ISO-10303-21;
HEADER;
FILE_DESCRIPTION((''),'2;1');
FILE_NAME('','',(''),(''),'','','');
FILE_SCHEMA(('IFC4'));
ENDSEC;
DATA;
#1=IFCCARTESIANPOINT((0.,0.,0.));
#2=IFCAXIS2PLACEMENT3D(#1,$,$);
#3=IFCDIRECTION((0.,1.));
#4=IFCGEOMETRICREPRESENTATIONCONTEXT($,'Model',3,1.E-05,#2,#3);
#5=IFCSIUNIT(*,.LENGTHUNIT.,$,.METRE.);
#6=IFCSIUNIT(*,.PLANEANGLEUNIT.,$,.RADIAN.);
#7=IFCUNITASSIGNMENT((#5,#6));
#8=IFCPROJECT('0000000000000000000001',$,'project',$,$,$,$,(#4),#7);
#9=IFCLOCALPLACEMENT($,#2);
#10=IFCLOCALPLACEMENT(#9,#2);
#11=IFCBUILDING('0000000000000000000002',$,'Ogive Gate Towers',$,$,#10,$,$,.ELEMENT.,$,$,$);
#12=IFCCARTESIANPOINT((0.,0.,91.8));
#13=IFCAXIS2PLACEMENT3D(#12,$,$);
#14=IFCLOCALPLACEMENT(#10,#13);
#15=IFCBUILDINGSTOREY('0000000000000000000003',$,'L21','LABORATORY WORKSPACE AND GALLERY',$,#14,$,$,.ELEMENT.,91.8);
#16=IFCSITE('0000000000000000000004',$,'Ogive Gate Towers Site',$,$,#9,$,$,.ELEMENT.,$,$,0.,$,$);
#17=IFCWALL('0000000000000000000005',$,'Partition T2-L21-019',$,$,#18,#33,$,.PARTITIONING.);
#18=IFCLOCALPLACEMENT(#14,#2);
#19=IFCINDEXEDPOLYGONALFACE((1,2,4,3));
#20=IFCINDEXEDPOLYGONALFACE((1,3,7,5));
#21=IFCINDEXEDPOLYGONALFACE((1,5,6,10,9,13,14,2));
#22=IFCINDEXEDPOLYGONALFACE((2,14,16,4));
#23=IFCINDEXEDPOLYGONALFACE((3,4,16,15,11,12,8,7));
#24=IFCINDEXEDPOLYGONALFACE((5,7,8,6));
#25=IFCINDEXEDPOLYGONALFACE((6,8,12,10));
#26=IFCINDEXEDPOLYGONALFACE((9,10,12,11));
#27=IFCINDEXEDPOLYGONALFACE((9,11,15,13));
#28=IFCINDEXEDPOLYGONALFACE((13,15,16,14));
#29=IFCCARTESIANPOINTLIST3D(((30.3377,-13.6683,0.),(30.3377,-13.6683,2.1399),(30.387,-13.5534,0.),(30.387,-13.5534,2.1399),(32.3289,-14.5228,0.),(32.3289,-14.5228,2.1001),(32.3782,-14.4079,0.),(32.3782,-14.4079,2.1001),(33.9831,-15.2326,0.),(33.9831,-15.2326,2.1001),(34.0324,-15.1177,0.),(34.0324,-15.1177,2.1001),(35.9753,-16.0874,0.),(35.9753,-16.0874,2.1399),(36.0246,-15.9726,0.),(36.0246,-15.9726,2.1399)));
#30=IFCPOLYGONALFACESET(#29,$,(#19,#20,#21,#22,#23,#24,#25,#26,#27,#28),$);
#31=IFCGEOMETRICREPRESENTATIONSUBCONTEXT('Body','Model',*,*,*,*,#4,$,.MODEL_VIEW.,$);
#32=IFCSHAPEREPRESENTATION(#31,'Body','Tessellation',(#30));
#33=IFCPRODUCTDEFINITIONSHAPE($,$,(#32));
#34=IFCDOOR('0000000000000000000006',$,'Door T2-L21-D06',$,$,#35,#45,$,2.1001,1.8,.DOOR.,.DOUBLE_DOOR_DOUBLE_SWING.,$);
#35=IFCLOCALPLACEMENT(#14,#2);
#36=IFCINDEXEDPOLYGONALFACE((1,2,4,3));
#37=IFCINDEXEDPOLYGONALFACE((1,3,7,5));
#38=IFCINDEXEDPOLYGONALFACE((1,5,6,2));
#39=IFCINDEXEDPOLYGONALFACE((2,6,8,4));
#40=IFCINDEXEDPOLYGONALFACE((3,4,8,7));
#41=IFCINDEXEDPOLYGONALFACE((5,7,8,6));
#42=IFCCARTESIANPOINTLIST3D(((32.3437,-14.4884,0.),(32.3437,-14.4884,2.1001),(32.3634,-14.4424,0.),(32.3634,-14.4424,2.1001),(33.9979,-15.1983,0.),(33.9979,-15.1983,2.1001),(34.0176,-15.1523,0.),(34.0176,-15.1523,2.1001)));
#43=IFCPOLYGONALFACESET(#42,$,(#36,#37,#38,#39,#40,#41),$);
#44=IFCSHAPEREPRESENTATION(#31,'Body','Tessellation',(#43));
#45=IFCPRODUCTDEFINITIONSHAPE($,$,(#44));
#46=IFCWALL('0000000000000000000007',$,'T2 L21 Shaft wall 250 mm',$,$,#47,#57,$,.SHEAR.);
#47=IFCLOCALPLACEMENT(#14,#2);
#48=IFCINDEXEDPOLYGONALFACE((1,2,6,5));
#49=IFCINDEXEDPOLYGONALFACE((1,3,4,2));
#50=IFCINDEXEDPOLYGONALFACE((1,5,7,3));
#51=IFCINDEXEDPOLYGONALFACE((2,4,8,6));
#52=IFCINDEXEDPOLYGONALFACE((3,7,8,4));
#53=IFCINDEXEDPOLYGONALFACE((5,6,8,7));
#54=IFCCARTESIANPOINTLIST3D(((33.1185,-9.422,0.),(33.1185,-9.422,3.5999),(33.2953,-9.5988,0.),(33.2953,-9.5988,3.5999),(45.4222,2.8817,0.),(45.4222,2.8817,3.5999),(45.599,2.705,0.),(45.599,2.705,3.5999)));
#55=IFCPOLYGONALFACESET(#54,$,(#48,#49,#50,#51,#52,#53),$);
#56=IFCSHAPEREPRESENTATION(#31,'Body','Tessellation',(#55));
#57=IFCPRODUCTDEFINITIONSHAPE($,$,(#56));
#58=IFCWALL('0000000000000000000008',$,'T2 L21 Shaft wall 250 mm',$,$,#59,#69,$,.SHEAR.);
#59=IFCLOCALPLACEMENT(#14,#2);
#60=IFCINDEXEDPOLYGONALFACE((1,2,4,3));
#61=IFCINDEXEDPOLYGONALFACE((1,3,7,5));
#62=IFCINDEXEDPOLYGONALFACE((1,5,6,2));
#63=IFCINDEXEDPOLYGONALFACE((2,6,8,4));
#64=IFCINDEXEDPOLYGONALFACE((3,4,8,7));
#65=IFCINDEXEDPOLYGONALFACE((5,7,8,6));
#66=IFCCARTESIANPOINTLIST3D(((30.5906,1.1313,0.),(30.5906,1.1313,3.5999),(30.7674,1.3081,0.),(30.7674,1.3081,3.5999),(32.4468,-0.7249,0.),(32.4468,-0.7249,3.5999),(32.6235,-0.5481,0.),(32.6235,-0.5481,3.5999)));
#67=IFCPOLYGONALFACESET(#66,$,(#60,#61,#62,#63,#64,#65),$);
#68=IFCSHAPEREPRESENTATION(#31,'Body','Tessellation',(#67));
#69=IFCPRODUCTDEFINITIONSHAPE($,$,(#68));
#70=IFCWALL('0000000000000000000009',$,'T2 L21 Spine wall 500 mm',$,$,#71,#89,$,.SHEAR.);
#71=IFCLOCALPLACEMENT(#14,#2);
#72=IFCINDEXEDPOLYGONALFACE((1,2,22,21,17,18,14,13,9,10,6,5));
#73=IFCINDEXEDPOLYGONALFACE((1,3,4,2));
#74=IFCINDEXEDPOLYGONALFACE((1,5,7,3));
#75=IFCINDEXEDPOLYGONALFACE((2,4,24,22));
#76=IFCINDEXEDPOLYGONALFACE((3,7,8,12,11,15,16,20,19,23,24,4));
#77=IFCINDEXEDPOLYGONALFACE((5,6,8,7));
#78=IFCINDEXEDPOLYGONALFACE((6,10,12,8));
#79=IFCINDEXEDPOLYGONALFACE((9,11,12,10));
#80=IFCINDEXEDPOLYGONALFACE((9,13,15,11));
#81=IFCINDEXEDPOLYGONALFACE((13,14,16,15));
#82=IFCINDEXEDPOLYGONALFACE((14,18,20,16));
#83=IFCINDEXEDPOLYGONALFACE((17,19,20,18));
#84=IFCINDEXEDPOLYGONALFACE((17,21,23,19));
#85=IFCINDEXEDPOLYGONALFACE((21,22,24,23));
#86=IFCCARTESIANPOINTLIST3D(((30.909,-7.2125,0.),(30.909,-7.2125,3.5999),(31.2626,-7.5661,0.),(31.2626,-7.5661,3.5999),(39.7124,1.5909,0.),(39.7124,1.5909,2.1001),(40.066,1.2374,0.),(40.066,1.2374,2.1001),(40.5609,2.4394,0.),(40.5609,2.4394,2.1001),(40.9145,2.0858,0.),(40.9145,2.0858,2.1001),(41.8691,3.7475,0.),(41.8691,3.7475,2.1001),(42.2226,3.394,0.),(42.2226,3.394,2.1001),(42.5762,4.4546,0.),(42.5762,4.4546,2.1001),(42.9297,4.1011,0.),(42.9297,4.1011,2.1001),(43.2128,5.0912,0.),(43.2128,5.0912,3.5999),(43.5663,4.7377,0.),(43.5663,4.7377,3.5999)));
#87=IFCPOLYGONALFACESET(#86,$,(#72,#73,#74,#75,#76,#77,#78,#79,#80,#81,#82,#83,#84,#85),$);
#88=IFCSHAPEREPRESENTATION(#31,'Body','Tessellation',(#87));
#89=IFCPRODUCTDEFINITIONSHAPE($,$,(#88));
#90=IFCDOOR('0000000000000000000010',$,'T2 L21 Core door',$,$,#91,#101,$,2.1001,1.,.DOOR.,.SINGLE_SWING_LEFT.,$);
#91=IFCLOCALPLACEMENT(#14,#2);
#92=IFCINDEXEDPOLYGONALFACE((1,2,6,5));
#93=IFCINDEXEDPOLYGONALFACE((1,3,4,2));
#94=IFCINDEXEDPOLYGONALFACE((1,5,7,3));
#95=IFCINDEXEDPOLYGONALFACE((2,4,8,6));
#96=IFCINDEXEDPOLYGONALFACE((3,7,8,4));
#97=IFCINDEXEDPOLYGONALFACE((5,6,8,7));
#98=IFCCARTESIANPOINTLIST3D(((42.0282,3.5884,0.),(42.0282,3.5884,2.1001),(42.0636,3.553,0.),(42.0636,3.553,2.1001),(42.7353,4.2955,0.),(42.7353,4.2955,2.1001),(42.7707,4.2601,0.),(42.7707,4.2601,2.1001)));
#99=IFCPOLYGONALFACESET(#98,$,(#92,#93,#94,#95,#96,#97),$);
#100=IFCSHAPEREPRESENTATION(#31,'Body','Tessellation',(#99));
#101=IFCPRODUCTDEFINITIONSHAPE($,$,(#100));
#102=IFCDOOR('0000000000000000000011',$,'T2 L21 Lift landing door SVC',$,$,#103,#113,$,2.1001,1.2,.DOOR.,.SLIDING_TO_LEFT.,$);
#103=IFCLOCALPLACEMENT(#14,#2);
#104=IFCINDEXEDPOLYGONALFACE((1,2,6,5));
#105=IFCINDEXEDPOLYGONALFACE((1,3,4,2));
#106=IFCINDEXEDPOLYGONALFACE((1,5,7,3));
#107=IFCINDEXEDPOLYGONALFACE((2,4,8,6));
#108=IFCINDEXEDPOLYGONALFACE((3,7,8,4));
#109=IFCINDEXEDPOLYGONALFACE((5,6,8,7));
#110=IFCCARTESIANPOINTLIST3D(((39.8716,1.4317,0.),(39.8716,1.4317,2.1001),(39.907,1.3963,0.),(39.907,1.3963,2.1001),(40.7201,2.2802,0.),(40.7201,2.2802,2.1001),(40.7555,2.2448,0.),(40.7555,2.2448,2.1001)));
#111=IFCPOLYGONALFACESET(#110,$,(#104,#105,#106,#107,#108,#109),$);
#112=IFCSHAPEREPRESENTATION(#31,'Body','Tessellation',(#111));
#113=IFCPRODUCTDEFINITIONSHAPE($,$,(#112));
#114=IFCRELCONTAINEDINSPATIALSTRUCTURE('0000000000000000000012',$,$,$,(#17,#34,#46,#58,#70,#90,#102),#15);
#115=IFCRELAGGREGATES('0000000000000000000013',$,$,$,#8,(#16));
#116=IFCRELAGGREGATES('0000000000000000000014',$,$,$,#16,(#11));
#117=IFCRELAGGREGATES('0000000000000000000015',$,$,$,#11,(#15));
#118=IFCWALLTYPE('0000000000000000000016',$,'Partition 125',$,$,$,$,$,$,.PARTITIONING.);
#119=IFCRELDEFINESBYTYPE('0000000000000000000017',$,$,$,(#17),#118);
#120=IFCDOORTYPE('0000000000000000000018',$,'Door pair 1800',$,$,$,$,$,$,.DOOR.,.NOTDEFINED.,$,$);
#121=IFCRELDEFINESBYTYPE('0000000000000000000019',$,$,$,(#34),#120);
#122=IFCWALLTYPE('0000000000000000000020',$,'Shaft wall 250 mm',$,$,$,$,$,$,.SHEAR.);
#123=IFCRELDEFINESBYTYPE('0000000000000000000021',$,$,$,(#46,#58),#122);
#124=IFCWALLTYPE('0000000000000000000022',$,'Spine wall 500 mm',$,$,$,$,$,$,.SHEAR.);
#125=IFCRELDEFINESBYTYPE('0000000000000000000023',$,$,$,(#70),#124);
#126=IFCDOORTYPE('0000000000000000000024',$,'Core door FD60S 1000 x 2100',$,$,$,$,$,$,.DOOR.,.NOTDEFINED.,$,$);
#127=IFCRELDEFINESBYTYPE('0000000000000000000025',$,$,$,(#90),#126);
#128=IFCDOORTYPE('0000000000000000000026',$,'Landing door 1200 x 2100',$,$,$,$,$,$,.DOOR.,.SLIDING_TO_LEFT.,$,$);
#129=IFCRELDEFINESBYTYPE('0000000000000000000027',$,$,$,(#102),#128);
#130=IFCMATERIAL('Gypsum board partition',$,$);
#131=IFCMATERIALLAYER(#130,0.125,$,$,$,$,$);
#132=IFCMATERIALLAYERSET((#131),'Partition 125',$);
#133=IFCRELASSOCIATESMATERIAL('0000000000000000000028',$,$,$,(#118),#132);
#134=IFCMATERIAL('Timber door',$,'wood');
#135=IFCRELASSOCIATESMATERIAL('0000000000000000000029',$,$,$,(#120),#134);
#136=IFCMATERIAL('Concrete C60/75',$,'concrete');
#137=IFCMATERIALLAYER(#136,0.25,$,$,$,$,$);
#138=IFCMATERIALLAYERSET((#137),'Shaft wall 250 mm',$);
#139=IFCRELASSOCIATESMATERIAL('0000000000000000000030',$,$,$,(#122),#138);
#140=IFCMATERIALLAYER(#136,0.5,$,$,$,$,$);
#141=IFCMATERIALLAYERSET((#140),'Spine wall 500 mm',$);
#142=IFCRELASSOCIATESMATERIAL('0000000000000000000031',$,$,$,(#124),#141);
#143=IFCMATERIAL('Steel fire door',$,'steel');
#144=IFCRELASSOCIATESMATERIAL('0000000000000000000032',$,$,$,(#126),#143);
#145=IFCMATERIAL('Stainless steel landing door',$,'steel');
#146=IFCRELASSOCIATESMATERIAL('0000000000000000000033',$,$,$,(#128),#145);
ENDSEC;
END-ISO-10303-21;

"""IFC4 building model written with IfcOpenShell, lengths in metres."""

from ifc_helpers import new_model, si_unit, direction, frame, frame_2d, origin, place, context, subcontext, project, spatial, rectangle, extrude, material, layer, layer_set, type_object, element, fill, save


model = new_model("IFC4")

# Units and contexts
model_context = context("Model", 3, precision=1e-05, world=origin(), true_north=direction((0.0, 1.0)))
body_context = subcontext(model_context, "Body", "Model", "MODEL_VIEW")
ifc_project = project(units=[si_unit("LENGTHUNIT", "METRE"), si_unit("PLANEANGLEUNIT", "RADIAN")], contexts=[model_context])

# Site, building, storey
site_placement = place(None, origin())
site = spatial("IfcSite", under=ifc_project, at=site_placement, Name="Ogive Gate Towers Site", CompositionType="ELEMENT", RefElevation=0.0)
building_placement = place(site_placement, origin())
building = spatial("IfcBuilding", under=site, at=building_placement, Name="Ogive Gate Towers", CompositionType="ELEMENT")
storey_placement = place(building_placement, frame((0.0, 0.0, 91.8)))
storey = spatial("IfcBuildingStorey", under=building, at=storey_placement, Name="L21", Description="LABORATORY WORKSPACE AND GALLERY", CompositionType="ELEMENT", Elevation=91.8)

# Wall, opening, door
ifc_material_1 = material(Name="Gypsum board partition")
ifc_layer_1 = layer(ifc_material_1, 0.125)
ifc_layer_set_1 = layer_set([ifc_layer_1], Name="Partition 125")
wall_type_1 = type_object("IfcWallType", Name="Partition 125", PredefinedType="PARTITIONING", material=ifc_layer_set_1)
wall_1_placement = place(storey_placement, frame((30.3623, -13.6108, 0.0), z_axis=(0.0, 0.0, 1.0), x_axis=(0.918966, -0.394337, 0.0)))
wall_1 = element("IfcWall", 1, at=wall_1_placement, inside=storey, type_object=wall_type_1, Name="Partition T2-L21-019", PredefinedType="PARTITIONING", context=body_context, shape_type="SweptSolid", body=[
    extrude(rectangle(XDim=6.1348, YDim=0.125, at=frame_2d((3.0674, 0.0))), origin(), (0.0, 0.0, 1.0), 2.1399),
])
opening_1_placement = place(wall_1_placement, frame((2.167, 0.0, 0.0)))
opening_1 = element("IfcOpeningElement", 2, at=opening_1_placement, cuts=wall_1, PredefinedType="OPENING", context=body_context, shape_type="SweptSolid", body=[
    extrude(rectangle(XDim=1.8, YDim=2.1001, at=frame_2d((0.8999, 1.05))), frame((0.0, 0.0725, 0.0), z_axis=(0.0, -1.0, 0.0), x_axis=(1.0, 0.0, 0.0)), (0.0, 0.0, 1.0), 0.145),
])
ifc_material_2 = material(Name="Timber door", Category="wood")
door_type_1 = type_object("IfcDoorType", Name="Door pair 1800", OperationType="NOTDEFINED", PredefinedType="DOOR", material=ifc_material_2)
door_1_placement = place(opening_1_placement, origin())
door_1 = element("IfcDoor", 3, at=door_1_placement, inside=storey, type_object=door_type_1, Name="Door T2-L21-D06", OperationType="DOUBLE_DOOR_DOUBLE_SWING", OverallHeight=2.1001, OverallWidth=1.8, PredefinedType="DOOR", context=body_context, shape_type="SweptSolid", body=[
    extrude(rectangle(XDim=1.8, YDim=2.1001, at=frame_2d((0.8999, 1.05))), frame((0.0, 0.0249, 0.0), z_axis=(0.0, -1.0, 0.0), x_axis=(1.0, 0.0, 0.0)), (0.0, 0.0, 1.0), 0.05),
])
fill(opening_1, door_1)

# Walls
ifc_material_3 = material(Name="Concrete C60/75", Category="concrete")
ifc_layer_2 = layer(ifc_material_3, 0.25)
ifc_layer_set_2 = layer_set([ifc_layer_2], Name="Shaft wall 250 mm")
wall_type_2 = type_object("IfcWallType", Name="Shaft wall 250 mm", PredefinedType="SHEAR", material=ifc_layer_set_2)
wall_2_placement = place(storey_placement, frame((33.2068, -9.5105, 0.0), z_axis=(0.0, 0.0, 1.0), x_axis=(0.707107, 0.707107, 0.0)))
element("IfcWall", 4, at=wall_2_placement, inside=storey, type_object=wall_type_2, Name="T2 L21 Shaft wall 250 mm", PredefinedType="SHEAR", context=body_context, shape_type="SweptSolid", body=[
    extrude(rectangle(XDim=17.4001, YDim=0.25, at=frame_2d((8.7002, 0.0))), origin(), (0.0, 0.0, 1.0), 3.5999),
])
wall_3_placement = place(storey_placement, frame((32.5352, -0.6365, 0.0), z_axis=(0.0, 0.0, 1.0), x_axis=(-0.707107, 0.707107, 0.0)))
element("IfcWall", 5, at=wall_3_placement, inside=storey, type_object=wall_type_2, Name="T2 L21 Shaft wall 250 mm", PredefinedType="SHEAR", context=body_context, shape_type="SweptSolid", body=[
    extrude(rectangle(XDim=2.625, YDim=0.25, at=frame_2d((1.3125, 0.0))), origin(), (0.0, 0.0, 1.0), 3.5999),
])

# Wall, openings, doors
ifc_layer_3 = layer(ifc_material_3, 0.5)
ifc_layer_set_3 = layer_set([ifc_layer_3], Name="Spine wall 500 mm")
wall_type_3 = type_object("IfcWallType", Name="Spine wall 500 mm", PredefinedType="SHEAR", material=ifc_layer_set_3)
wall_4_placement = place(storey_placement, frame((31.0857, -7.3894, 0.0), z_axis=(0.0, 0.0, 1.0), x_axis=(0.707107, 0.707107, 0.0)))
wall_4 = element("IfcWall", 6, at=wall_4_placement, inside=storey, type_object=wall_type_3, Name="T2 L21 Spine wall 500 mm", PredefinedType="SHEAR", context=body_context, shape_type="SweptSolid", body=[
    extrude(rectangle(XDim=17.4001, YDim=0.5, at=frame_2d((8.7002, 0.0))), origin(), (0.0, 0.0, 1.0), 3.5999),
])
opening_2_placement = place(wall_4_placement, frame((12.45, 0.0, 0.0)))
opening_2 = element("IfcOpeningElement", 7, at=opening_2_placement, cuts=wall_4, PredefinedType="OPENING", context=body_context, shape_type="SweptSolid", body=[
    extrude(rectangle(XDim=1.2, YDim=2.1001, at=frame_2d((0.6001, 1.05))), frame((0.0, 0.26, 0.0), z_axis=(0.0, -1.0, 0.0), x_axis=(1.0, 0.0, 0.0)), (0.0, 0.0, 1.0), 0.52),
])
opening_3_placement = place(wall_4_placement, frame((15.5, 0.0, 0.0)))
opening_3 = element("IfcOpeningElement", 8, at=opening_3_placement, cuts=wall_4, PredefinedType="OPENING", context=body_context, shape_type="SweptSolid", body=[
    extrude(rectangle(XDim=1.0, YDim=2.1001, at=frame_2d((0.5, 1.05))), frame((0.0, 0.26, 0.0), z_axis=(0.0, -1.0, 0.0), x_axis=(1.0, 0.0, 0.0)), (0.0, 0.0, 1.0), 0.52),
])
ifc_material_4 = material(Name="Steel fire door", Category="steel")
door_type_2 = type_object("IfcDoorType", Name="Core door FD60S 1000 x 2100", OperationType="NOTDEFINED", PredefinedType="DOOR", material=ifc_material_4)
door_2_placement = place(opening_3_placement, origin())
door_2 = element("IfcDoor", 9, at=door_2_placement, inside=storey, type_object=door_type_2, Name="T2 L21 Core door", OperationType="SINGLE_SWING_LEFT", OverallHeight=2.1001, OverallWidth=1.0, PredefinedType="DOOR", context=body_context, shape_type="SweptSolid", body=[
    extrude(rectangle(XDim=1.0, YDim=2.1001, at=frame_2d((0.5, 1.05))), frame((0.0, 0.0249, 0.0), z_axis=(0.0, -1.0, 0.0), x_axis=(1.0, 0.0, 0.0)), (0.0, 0.0, 1.0), 0.05),
])
fill(opening_3, door_2)
ifc_material_5 = material(Name="Stainless steel landing door", Category="steel")
door_type_3 = type_object("IfcDoorType", Name="Landing door 1200 x 2100", OperationType="SLIDING_TO_LEFT", PredefinedType="DOOR", material=ifc_material_5)
door_3_placement = place(opening_2_placement, origin())
door_3 = element("IfcDoor", 10, at=door_3_placement, inside=storey, type_object=door_type_3, Name="T2 L21 Lift landing door SVC", OperationType="SLIDING_TO_LEFT", OverallHeight=2.1001, OverallWidth=1.2, PredefinedType="DOOR", context=body_context, shape_type="SweptSolid", body=[
    extrude(rectangle(XDim=1.2, YDim=2.1001, at=frame_2d((0.6001, 1.05))), frame((0.0, 0.0249, 0.0), z_axis=(0.0, -1.0, 0.0), x_axis=(1.0, 0.0, 0.0)), (0.0, 0.0, 1.0), 0.05),
])
fill(opening_2, door_3)

save(model, "model.ifc")
